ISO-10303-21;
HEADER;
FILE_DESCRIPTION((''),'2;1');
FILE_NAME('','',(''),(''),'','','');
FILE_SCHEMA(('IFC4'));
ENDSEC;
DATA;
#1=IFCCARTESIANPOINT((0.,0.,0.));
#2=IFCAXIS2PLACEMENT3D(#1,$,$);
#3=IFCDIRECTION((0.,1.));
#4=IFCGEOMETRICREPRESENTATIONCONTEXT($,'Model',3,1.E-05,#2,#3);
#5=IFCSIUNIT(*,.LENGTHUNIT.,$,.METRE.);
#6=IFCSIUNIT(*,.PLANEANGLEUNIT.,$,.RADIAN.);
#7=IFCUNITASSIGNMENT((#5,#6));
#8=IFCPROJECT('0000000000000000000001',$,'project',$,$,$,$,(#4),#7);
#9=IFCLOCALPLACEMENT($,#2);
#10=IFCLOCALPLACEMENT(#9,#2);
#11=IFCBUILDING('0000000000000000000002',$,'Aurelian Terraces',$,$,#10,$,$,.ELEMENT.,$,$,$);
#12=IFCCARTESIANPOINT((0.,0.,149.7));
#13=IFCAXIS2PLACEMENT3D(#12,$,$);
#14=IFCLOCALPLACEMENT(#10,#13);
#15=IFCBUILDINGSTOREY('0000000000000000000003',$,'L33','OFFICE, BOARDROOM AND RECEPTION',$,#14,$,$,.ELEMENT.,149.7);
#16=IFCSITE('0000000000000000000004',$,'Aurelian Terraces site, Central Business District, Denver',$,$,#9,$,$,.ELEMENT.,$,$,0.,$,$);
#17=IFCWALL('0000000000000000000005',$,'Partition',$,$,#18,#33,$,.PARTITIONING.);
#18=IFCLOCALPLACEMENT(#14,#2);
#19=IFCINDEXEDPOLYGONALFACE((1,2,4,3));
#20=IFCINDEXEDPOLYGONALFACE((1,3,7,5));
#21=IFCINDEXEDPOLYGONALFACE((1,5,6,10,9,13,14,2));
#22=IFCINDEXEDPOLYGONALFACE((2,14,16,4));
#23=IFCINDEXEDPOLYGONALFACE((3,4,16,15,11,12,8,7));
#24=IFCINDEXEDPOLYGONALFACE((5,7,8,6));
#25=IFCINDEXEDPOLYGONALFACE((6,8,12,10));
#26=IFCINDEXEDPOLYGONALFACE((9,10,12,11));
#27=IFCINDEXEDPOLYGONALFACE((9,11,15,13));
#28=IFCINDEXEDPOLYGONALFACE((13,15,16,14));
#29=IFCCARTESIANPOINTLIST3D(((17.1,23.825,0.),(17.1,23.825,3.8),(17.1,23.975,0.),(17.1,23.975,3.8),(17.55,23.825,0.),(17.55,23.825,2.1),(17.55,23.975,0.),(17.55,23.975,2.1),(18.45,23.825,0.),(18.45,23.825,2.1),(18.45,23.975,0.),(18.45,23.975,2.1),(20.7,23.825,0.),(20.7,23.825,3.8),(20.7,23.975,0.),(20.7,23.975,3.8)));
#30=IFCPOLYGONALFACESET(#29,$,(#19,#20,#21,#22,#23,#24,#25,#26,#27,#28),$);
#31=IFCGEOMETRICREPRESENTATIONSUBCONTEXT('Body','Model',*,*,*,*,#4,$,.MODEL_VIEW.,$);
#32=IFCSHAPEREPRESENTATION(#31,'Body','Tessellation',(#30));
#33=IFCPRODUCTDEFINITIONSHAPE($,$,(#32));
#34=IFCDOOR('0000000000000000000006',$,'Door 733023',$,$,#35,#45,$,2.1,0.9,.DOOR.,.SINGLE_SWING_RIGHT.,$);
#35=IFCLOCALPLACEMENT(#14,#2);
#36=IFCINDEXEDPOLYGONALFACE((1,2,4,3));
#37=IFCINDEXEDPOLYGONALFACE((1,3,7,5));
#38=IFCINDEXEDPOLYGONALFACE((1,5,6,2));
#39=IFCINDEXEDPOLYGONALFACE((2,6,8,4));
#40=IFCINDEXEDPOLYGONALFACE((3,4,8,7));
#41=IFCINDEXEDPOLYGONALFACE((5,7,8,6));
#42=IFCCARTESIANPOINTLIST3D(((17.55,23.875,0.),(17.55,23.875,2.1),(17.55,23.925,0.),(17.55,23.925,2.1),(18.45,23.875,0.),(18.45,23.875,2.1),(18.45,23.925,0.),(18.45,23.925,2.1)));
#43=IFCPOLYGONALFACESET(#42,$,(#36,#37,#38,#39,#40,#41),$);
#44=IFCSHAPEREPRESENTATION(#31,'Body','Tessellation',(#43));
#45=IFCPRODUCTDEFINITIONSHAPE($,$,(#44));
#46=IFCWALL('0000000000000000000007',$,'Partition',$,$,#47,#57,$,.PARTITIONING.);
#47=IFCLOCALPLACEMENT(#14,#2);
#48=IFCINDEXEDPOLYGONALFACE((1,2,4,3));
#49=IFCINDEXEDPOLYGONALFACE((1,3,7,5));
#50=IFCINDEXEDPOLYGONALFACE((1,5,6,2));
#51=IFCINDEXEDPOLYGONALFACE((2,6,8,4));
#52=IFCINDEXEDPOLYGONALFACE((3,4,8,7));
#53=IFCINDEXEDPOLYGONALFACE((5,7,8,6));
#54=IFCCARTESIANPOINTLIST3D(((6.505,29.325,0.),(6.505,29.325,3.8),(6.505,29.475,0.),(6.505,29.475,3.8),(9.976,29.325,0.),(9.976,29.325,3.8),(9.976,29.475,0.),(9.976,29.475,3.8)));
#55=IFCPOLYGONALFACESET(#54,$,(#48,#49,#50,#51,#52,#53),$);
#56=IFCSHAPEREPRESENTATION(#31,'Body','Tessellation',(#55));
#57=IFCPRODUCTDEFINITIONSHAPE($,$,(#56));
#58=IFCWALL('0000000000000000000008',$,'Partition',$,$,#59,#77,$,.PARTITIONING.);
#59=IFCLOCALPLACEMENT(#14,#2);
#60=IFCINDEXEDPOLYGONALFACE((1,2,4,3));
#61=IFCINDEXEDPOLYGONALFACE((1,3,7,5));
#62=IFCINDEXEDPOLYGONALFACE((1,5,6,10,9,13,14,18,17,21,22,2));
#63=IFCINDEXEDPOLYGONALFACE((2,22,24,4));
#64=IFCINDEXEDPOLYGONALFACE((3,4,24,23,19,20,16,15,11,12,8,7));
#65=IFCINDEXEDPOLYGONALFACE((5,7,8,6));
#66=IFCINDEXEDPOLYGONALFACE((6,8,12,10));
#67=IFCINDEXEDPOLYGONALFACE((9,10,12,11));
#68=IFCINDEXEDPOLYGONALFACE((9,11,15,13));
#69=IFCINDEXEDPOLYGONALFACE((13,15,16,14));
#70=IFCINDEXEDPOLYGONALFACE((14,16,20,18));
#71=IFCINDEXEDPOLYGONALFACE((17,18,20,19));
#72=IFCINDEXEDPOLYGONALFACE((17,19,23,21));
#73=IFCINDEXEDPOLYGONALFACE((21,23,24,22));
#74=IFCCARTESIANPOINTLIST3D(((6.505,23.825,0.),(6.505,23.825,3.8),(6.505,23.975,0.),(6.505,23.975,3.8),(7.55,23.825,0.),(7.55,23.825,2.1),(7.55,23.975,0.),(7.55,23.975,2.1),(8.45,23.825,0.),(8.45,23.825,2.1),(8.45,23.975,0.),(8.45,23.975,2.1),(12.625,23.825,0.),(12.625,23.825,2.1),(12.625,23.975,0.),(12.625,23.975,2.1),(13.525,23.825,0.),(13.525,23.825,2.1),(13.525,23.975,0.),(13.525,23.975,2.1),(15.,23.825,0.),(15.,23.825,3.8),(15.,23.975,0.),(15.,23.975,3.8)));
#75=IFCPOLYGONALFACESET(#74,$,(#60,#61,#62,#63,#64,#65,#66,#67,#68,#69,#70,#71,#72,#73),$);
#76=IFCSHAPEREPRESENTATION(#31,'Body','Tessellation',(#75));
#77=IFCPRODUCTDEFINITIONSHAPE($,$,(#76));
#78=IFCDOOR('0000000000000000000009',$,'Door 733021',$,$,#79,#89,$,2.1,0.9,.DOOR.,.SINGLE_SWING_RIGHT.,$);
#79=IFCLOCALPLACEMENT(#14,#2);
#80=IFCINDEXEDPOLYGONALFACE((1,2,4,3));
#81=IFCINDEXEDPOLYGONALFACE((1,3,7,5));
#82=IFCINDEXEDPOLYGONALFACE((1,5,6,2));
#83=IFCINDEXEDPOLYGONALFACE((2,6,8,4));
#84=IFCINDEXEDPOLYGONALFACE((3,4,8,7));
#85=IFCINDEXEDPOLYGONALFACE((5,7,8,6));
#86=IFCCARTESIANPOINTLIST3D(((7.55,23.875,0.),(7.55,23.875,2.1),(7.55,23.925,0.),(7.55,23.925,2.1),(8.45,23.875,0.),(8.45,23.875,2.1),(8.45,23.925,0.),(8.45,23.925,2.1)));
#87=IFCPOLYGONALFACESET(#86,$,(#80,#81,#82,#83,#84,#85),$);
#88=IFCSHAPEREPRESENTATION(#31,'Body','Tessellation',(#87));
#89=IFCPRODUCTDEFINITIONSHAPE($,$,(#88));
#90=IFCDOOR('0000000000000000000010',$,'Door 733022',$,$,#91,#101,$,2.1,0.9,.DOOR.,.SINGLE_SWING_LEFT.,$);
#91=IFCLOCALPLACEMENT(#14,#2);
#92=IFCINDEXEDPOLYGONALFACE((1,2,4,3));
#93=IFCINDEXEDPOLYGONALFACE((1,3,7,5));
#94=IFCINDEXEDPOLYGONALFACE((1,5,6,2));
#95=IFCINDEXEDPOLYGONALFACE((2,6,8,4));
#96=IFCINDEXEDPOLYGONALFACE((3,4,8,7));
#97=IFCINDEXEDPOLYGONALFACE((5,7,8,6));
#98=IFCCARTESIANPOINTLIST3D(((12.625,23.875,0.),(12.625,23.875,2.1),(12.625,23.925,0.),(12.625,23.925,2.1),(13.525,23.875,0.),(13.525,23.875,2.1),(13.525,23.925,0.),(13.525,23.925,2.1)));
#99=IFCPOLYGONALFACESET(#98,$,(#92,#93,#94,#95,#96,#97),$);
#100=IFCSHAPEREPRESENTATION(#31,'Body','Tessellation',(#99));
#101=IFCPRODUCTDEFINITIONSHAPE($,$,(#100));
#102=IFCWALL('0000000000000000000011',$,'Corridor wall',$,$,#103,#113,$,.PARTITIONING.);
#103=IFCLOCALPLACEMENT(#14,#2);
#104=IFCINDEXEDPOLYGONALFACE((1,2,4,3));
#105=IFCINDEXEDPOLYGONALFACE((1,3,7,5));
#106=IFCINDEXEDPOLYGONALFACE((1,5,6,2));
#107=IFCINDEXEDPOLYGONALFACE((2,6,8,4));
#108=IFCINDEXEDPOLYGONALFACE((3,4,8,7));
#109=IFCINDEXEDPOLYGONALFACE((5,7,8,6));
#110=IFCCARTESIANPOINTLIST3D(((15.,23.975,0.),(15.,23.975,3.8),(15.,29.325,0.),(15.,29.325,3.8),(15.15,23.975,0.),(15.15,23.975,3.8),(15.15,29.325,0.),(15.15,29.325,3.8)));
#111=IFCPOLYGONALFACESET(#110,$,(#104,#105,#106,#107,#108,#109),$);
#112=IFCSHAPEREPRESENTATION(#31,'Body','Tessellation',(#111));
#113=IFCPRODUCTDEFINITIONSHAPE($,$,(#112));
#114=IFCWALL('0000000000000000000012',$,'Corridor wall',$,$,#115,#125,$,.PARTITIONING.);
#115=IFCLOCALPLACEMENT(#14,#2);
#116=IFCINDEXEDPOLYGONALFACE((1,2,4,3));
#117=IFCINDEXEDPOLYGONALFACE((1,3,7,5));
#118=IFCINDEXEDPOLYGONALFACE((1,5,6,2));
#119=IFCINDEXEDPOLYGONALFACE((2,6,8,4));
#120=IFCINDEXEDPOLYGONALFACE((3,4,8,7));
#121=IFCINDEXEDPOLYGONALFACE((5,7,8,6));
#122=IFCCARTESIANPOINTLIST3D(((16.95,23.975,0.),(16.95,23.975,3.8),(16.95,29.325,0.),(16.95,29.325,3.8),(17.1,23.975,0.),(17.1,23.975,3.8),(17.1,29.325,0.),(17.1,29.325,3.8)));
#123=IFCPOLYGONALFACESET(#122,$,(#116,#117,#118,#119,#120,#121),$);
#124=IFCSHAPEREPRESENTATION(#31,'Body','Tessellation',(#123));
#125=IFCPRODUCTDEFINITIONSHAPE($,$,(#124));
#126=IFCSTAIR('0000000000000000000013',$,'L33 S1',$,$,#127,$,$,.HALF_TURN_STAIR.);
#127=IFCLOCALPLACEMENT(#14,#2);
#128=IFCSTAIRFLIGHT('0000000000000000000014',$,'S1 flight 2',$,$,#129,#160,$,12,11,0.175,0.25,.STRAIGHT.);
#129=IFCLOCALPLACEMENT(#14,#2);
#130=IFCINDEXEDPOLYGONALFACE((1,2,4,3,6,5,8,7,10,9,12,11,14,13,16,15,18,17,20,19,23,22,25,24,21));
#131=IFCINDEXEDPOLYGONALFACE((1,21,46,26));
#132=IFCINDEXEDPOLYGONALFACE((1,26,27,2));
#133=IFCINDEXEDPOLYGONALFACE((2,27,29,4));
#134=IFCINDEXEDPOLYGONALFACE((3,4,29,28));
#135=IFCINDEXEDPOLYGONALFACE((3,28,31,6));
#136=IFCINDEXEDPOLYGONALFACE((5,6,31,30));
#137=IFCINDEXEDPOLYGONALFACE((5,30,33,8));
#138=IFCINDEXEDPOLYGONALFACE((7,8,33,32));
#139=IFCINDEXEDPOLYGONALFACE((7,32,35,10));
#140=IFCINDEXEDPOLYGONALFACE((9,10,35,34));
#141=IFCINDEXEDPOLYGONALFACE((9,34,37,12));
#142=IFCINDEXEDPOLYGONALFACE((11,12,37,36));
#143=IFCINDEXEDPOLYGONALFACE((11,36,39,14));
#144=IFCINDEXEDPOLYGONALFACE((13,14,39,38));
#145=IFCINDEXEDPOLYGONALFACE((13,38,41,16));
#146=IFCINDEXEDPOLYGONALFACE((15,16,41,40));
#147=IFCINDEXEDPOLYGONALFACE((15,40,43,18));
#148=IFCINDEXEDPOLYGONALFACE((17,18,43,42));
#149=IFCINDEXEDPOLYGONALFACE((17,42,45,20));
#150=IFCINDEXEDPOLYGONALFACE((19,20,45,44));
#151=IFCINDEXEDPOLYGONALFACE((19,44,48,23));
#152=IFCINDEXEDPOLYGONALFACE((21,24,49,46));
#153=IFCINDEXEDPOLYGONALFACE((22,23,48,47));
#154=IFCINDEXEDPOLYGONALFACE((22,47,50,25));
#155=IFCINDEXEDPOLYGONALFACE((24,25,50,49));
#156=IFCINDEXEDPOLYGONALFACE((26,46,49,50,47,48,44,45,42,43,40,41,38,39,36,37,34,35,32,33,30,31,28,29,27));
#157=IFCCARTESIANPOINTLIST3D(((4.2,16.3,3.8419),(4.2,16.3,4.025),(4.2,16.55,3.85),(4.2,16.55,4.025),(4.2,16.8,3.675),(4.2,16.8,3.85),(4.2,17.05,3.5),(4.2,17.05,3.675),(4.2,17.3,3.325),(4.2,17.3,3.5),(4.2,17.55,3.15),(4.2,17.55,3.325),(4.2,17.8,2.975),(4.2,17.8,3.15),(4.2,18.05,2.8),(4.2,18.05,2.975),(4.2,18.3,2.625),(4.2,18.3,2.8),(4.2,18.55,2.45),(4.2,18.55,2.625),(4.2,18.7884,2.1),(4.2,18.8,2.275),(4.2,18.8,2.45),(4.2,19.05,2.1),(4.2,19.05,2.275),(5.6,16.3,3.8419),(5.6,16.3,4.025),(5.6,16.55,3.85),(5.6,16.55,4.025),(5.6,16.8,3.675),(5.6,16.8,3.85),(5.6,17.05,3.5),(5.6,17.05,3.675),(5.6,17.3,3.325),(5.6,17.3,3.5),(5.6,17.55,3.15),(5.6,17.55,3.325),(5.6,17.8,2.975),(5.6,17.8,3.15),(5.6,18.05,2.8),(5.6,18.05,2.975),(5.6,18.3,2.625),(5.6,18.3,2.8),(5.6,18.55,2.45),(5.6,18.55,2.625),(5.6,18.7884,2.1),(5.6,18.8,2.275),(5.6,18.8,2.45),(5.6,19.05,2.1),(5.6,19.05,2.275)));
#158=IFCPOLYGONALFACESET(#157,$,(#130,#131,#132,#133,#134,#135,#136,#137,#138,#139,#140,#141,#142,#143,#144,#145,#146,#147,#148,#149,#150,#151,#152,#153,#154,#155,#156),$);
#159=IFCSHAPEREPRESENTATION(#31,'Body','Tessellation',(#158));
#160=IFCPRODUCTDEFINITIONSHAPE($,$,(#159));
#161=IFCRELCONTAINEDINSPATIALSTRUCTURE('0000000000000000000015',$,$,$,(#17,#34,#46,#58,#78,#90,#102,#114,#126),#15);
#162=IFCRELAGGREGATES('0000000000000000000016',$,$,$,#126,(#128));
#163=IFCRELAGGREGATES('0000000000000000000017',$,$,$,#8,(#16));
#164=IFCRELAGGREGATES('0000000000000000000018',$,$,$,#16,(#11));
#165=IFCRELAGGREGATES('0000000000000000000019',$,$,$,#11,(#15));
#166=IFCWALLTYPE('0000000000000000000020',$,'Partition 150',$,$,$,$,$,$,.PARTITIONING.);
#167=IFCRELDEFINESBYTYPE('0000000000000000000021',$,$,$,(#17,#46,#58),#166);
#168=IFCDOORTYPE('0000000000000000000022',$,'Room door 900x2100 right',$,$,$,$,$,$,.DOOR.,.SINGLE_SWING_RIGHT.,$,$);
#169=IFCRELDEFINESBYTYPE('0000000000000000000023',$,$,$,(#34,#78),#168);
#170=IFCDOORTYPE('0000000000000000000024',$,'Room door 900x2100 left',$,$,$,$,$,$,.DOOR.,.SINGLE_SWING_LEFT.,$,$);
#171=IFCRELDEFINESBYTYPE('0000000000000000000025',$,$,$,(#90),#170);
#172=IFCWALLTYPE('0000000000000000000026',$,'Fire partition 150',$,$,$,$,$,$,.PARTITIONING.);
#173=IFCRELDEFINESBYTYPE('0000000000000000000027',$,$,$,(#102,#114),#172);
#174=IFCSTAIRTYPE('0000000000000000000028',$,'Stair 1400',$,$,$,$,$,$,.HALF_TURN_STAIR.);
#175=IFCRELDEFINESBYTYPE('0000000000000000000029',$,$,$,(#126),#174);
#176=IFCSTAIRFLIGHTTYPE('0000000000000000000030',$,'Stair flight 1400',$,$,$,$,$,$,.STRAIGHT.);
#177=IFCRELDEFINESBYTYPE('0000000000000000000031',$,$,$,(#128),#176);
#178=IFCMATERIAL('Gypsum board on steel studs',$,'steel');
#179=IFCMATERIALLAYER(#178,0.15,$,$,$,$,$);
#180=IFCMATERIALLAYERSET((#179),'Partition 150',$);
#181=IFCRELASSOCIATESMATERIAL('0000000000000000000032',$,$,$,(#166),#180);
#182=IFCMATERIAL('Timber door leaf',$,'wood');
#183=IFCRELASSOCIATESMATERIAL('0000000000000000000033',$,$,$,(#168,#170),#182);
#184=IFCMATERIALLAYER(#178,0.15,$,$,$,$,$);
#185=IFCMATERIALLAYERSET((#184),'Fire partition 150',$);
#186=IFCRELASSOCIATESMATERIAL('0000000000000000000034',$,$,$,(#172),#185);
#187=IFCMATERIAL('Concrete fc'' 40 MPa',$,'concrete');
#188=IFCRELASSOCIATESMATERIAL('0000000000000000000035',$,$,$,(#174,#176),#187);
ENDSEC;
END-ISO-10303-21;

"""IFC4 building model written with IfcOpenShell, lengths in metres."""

from ifc_helpers import new_model, si_unit, direction, frame, frame_2d, origin, place, context, subcontext, project, spatial, polyline, rectangle, outline, extrude, source, transform, mapped, material, layer, layer_set, type_object, element, fill, aggregate, save


model = new_model("IFC4")

# Units and contexts
model_context = context("Model", 3, precision=1e-05, world=origin(), true_north=direction((0.0, 1.0)))
body_context = subcontext(model_context, "Body", "Model", "MODEL_VIEW")
ifc_project = project(units=[si_unit("LENGTHUNIT", "METRE"), si_unit("PLANEANGLEUNIT", "RADIAN")], contexts=[model_context])

# Site, building, storey
site_placement = place(None, origin())
site = spatial("IfcSite", under=ifc_project, at=site_placement, Name="Aurelian Terraces site, Central Business District, Denver", CompositionType="ELEMENT", RefElevation=0.0)
building_placement = place(site_placement, origin())
building = spatial("IfcBuilding", under=site, at=building_placement, Name="Aurelian Terraces", CompositionType="ELEMENT")
storey_placement = place(building_placement, frame((0.0, 0.0, 149.7)))
storey = spatial("IfcBuildingStorey", under=building, at=storey_placement, Name="L33", Description="OFFICE, BOARDROOM AND RECEPTION", CompositionType="ELEMENT", Elevation=149.7)

# Shared definitions
ifc_material_1 = material(Name="Gypsum board on steel studs", Category="steel")
ifc_layer_1 = layer(ifc_material_1, 0.15)
ifc_layer_set_1 = layer_set([ifc_layer_1], Name="Partition 150")
wall_type_1 = type_object("IfcWallType", Name="Partition 150", PredefinedType="PARTITIONING", material=ifc_layer_set_1)

# Shared definitions
ifc_material_2 = material(Name="Concrete fc' 40 MPa", Category="concrete")

# Wall, opening, door
shared_shape_1 = source(origin(), body_context, "Body", "SweptSolid", [
    extrude(rectangle(XDim=3.6, YDim=0.15, at=frame_2d((1.8, 0.0))), origin(), (0.0, 0.0, 1.0), 3.8),
])
wall_1_placement = place(storey_placement, frame((17.1, 23.9, 0.0), z_axis=(0.0, 0.0, 1.0), x_axis=(1.0, 0.0, 0.0)))
wall_1 = element("IfcWall", 1, at=wall_1_placement, inside=storey, type_object=wall_type_1, Name="Partition", PredefinedType="PARTITIONING", context=body_context, shape_type="MappedRepresentation", body=[
    mapped(shared_shape_1, transform((0.0, 0.0, 0.0), scale=1.0)),
])
shared_shape_2 = source(origin(), body_context, "Body", "SweptSolid", [
    extrude(rectangle(XDim=0.9, YDim=2.1, at=frame_2d((0.45, 1.05))), frame((0.0, 0.085, 0.0), z_axis=(0.0, -1.0, 0.0), x_axis=(1.0, 0.0, 0.0)), (0.0, 0.0, 1.0), 0.17),
])
opening_1_placement = place(wall_1_placement, frame((0.45, 0.0, 0.0)))
opening_1 = element("IfcOpeningElement", 2, at=opening_1_placement, cuts=wall_1, PredefinedType="OPENING", context=body_context, shape_type="MappedRepresentation", body=[
    mapped(shared_shape_2, transform((0.0, 0.0, 0.0), scale=1.0)),
])
ifc_material_3 = material(Name="Timber door leaf", Category="wood")
door_type_1 = type_object("IfcDoorType", Name="Room door 900x2100 right", OperationType="SINGLE_SWING_RIGHT", PredefinedType="DOOR", material=ifc_material_3)
shared_shape_3 = source(origin(), body_context, "Body", "SweptSolid", [
    extrude(rectangle(XDim=0.9, YDim=2.1, at=frame_2d((0.45, 1.05))), frame((0.0, 0.025, 0.0), z_axis=(0.0, -1.0, 0.0), x_axis=(1.0, 0.0, 0.0)), (0.0, 0.0, 1.0), 0.05),
])
door_1_placement = place(opening_1_placement, origin())
door_1 = element("IfcDoor", 3, at=door_1_placement, inside=storey, type_object=door_type_1, Name="Door 733023", OperationType="SINGLE_SWING_RIGHT", OverallHeight=2.1, OverallWidth=0.9, PredefinedType="DOOR", context=body_context, shape_type="MappedRepresentation", body=[
    mapped(shared_shape_3, transform((0.0, 0.0, 0.0), scale=1.0)),
])
fill(opening_1, door_1)

# Wall
shared_shape_4 = source(origin(), body_context, "Body", "SweptSolid", [
    extrude(rectangle(XDim=3.471, YDim=0.15, at=frame_2d((1.7355, 0.0))), origin(), (0.0, 0.0, 1.0), 3.8),
])
wall_2_placement = place(storey_placement, frame((9.976, 29.4, 0.0), z_axis=(0.0, 0.0, 1.0), x_axis=(-1.0, 0.0, 0.0)))
element("IfcWall", 4, at=wall_2_placement, inside=storey, type_object=wall_type_1, Name="Partition", PredefinedType="PARTITIONING", context=body_context, shape_type="MappedRepresentation", body=[
    mapped(shared_shape_4, transform((0.0, 0.0, 0.0), scale=1.0)),
])

# Wall, openings, doors
shared_shape_5 = source(origin(), body_context, "Body", "SweptSolid", [
    extrude(rectangle(XDim=8.495, YDim=0.15, at=frame_2d((4.2475, 0.0))), origin(), (0.0, 0.0, 1.0), 3.8),
])
wall_3_placement = place(storey_placement, frame((6.505, 23.9, 0.0), z_axis=(0.0, 0.0, 1.0), x_axis=(1.0, 0.0, 0.0)))
wall_3 = element("IfcWall", 5, at=wall_3_placement, inside=storey, type_object=wall_type_1, Name="Partition", PredefinedType="PARTITIONING", context=body_context, shape_type="MappedRepresentation", body=[
    mapped(shared_shape_5, transform((0.0, 0.0, 0.0), scale=1.0)),
])
opening_2_placement = place(wall_3_placement, frame((1.045, 0.0, 0.0)))
opening_2 = element("IfcOpeningElement", 6, at=opening_2_placement, cuts=wall_3, PredefinedType="OPENING", context=body_context, shape_type="MappedRepresentation", body=[
    mapped(shared_shape_2, transform((0.0, 0.0, 0.0), scale=1.0)),
])
opening_3_placement = place(wall_3_placement, frame((6.12, 0.0, 0.0)))
opening_3 = element("IfcOpeningElement", 7, at=opening_3_placement, cuts=wall_3, PredefinedType="OPENING", context=body_context, shape_type="MappedRepresentation", body=[
    mapped(shared_shape_2, transform((0.0, 0.0, 0.0), scale=1.0)),
])
door_2_placement = place(opening_2_placement, origin())
door_2 = element("IfcDoor", 8, at=door_2_placement, inside=storey, type_object=door_type_1, Name="Door 733021", OperationType="SINGLE_SWING_RIGHT", OverallHeight=2.1, OverallWidth=0.9, PredefinedType="DOOR", context=body_context, shape_type="MappedRepresentation", body=[
    mapped(shared_shape_3, transform((0.0, 0.0, 0.0), scale=1.0)),
])
fill(opening_2, door_2)
door_type_2 = type_object("IfcDoorType", Name="Room door 900x2100 left", OperationType="SINGLE_SWING_LEFT", PredefinedType="DOOR", material=ifc_material_3)
door_3_placement = place(opening_3_placement, origin())
door_3 = element("IfcDoor", 9, at=door_3_placement, inside=storey, type_object=door_type_2, Name="Door 733022", OperationType="SINGLE_SWING_LEFT", OverallHeight=2.1, OverallWidth=0.9, PredefinedType="DOOR", context=body_context, shape_type="MappedRepresentation", body=[
    mapped(shared_shape_3, transform((0.0, 0.0, 0.0), scale=1.0)),
])
fill(opening_3, door_3)

# Walls
ifc_layer_2 = layer(ifc_material_1, 0.15)
ifc_layer_set_2 = layer_set([ifc_layer_2], Name="Fire partition 150")
wall_type_2 = type_object("IfcWallType", Name="Fire partition 150", PredefinedType="PARTITIONING", material=ifc_layer_set_2)
shared_shape_6 = source(origin(), body_context, "Body", "SweptSolid", [
    extrude(rectangle(XDim=5.35, YDim=0.15, at=frame_2d((2.675, 0.0))), origin(), (0.0, 0.0, 1.0), 3.8),
])
for number, where, z_axis, x_axis, name in (
    (10, (15.075, 23.975, 0.0), (0.0, 0.0, 1.0), (0.0, 1.0, 0.0), "Corridor wall"),
    (11, (17.025, 29.325, 0.0), (0.0, 0.0, 1.0), (0.0, -1.0, 0.0), "Corridor wall"),
):
    element("IfcWall", number, at=place(storey_placement, frame(where, z_axis=z_axis, x_axis=x_axis)), inside=storey, type_object=wall_type_2, Name=name, PredefinedType="PARTITIONING", context=body_context, shape_type="MappedRepresentation", body=[
        mapped(shared_shape_6, transform((0.0, 0.0, 0.0), scale=1.0)),
    ])

# Stair, stair flight
stair_type = type_object("IfcStairType", Name="Stair 1400", PredefinedType="HALF_TURN_STAIR", material=ifc_material_2)
stair_placement = place(storey_placement, origin())
stair = element("IfcStair", 12, at=stair_placement, inside=storey, type_object=stair_type, Name="L33 S1", PredefinedType="HALF_TURN_STAIR")
stair_flight_type = type_object("IfcStairFlightType", Name="Stair flight 1400", PredefinedType="STRAIGHT", material=ifc_material_2)
shared_shape_7 = source(origin(), body_context, "Body", "SweptSolid", [
    extrude(outline(polyline([(0.0, 0.0), (0.0, 0.175), (0.25, 0.175), (0.25, 0.35), (0.5, 0.35), (0.5, 0.525), (0.75, 0.525), (0.75, 0.7), (1.0, 0.7), (1.0, 0.875), (1.25, 0.875), (1.25, 1.05), (1.5, 1.05), (1.5, 1.225), (1.75, 1.225), (1.75, 1.4), (2.0, 1.4), (2.0, 1.575), (2.25, 1.575), (2.25, 1.75), (2.5, 1.75), (2.5, 1.925), (2.75, 1.925), (2.75, 2.1), (2.75, 1.7419), (0.2616, 0.0), (0.0, 0.0)])), frame((0.0, 0.7, 0.0), z_axis=(0.0, -1.0, 0.0), x_axis=(1.0, 0.0, 0.0)), (0.0, 0.0, 1.0), 1.4),
])
stair_flight_placement = place(storey_placement, frame((4.9, 19.05, 2.1), z_axis=(0.0, 0.0, 1.0), x_axis=(0.0, -1.0, 0.0)))
stair_flight = element("IfcStairFlight", 13, at=stair_flight_placement, type_object=stair_flight_type, Name="S1 flight 2", NumberOfRisers=12, NumberOfTreads=11, PredefinedType="STRAIGHT", RiserHeight=0.175, TreadLength=0.25, context=body_context, shape_type="MappedRepresentation", body=[
    mapped(shared_shape_7, transform((0.0, 0.0, 0.0), scale=1.0)),
])
aggregate(stair, [stair_flight])

save(model, "model.ifc")
